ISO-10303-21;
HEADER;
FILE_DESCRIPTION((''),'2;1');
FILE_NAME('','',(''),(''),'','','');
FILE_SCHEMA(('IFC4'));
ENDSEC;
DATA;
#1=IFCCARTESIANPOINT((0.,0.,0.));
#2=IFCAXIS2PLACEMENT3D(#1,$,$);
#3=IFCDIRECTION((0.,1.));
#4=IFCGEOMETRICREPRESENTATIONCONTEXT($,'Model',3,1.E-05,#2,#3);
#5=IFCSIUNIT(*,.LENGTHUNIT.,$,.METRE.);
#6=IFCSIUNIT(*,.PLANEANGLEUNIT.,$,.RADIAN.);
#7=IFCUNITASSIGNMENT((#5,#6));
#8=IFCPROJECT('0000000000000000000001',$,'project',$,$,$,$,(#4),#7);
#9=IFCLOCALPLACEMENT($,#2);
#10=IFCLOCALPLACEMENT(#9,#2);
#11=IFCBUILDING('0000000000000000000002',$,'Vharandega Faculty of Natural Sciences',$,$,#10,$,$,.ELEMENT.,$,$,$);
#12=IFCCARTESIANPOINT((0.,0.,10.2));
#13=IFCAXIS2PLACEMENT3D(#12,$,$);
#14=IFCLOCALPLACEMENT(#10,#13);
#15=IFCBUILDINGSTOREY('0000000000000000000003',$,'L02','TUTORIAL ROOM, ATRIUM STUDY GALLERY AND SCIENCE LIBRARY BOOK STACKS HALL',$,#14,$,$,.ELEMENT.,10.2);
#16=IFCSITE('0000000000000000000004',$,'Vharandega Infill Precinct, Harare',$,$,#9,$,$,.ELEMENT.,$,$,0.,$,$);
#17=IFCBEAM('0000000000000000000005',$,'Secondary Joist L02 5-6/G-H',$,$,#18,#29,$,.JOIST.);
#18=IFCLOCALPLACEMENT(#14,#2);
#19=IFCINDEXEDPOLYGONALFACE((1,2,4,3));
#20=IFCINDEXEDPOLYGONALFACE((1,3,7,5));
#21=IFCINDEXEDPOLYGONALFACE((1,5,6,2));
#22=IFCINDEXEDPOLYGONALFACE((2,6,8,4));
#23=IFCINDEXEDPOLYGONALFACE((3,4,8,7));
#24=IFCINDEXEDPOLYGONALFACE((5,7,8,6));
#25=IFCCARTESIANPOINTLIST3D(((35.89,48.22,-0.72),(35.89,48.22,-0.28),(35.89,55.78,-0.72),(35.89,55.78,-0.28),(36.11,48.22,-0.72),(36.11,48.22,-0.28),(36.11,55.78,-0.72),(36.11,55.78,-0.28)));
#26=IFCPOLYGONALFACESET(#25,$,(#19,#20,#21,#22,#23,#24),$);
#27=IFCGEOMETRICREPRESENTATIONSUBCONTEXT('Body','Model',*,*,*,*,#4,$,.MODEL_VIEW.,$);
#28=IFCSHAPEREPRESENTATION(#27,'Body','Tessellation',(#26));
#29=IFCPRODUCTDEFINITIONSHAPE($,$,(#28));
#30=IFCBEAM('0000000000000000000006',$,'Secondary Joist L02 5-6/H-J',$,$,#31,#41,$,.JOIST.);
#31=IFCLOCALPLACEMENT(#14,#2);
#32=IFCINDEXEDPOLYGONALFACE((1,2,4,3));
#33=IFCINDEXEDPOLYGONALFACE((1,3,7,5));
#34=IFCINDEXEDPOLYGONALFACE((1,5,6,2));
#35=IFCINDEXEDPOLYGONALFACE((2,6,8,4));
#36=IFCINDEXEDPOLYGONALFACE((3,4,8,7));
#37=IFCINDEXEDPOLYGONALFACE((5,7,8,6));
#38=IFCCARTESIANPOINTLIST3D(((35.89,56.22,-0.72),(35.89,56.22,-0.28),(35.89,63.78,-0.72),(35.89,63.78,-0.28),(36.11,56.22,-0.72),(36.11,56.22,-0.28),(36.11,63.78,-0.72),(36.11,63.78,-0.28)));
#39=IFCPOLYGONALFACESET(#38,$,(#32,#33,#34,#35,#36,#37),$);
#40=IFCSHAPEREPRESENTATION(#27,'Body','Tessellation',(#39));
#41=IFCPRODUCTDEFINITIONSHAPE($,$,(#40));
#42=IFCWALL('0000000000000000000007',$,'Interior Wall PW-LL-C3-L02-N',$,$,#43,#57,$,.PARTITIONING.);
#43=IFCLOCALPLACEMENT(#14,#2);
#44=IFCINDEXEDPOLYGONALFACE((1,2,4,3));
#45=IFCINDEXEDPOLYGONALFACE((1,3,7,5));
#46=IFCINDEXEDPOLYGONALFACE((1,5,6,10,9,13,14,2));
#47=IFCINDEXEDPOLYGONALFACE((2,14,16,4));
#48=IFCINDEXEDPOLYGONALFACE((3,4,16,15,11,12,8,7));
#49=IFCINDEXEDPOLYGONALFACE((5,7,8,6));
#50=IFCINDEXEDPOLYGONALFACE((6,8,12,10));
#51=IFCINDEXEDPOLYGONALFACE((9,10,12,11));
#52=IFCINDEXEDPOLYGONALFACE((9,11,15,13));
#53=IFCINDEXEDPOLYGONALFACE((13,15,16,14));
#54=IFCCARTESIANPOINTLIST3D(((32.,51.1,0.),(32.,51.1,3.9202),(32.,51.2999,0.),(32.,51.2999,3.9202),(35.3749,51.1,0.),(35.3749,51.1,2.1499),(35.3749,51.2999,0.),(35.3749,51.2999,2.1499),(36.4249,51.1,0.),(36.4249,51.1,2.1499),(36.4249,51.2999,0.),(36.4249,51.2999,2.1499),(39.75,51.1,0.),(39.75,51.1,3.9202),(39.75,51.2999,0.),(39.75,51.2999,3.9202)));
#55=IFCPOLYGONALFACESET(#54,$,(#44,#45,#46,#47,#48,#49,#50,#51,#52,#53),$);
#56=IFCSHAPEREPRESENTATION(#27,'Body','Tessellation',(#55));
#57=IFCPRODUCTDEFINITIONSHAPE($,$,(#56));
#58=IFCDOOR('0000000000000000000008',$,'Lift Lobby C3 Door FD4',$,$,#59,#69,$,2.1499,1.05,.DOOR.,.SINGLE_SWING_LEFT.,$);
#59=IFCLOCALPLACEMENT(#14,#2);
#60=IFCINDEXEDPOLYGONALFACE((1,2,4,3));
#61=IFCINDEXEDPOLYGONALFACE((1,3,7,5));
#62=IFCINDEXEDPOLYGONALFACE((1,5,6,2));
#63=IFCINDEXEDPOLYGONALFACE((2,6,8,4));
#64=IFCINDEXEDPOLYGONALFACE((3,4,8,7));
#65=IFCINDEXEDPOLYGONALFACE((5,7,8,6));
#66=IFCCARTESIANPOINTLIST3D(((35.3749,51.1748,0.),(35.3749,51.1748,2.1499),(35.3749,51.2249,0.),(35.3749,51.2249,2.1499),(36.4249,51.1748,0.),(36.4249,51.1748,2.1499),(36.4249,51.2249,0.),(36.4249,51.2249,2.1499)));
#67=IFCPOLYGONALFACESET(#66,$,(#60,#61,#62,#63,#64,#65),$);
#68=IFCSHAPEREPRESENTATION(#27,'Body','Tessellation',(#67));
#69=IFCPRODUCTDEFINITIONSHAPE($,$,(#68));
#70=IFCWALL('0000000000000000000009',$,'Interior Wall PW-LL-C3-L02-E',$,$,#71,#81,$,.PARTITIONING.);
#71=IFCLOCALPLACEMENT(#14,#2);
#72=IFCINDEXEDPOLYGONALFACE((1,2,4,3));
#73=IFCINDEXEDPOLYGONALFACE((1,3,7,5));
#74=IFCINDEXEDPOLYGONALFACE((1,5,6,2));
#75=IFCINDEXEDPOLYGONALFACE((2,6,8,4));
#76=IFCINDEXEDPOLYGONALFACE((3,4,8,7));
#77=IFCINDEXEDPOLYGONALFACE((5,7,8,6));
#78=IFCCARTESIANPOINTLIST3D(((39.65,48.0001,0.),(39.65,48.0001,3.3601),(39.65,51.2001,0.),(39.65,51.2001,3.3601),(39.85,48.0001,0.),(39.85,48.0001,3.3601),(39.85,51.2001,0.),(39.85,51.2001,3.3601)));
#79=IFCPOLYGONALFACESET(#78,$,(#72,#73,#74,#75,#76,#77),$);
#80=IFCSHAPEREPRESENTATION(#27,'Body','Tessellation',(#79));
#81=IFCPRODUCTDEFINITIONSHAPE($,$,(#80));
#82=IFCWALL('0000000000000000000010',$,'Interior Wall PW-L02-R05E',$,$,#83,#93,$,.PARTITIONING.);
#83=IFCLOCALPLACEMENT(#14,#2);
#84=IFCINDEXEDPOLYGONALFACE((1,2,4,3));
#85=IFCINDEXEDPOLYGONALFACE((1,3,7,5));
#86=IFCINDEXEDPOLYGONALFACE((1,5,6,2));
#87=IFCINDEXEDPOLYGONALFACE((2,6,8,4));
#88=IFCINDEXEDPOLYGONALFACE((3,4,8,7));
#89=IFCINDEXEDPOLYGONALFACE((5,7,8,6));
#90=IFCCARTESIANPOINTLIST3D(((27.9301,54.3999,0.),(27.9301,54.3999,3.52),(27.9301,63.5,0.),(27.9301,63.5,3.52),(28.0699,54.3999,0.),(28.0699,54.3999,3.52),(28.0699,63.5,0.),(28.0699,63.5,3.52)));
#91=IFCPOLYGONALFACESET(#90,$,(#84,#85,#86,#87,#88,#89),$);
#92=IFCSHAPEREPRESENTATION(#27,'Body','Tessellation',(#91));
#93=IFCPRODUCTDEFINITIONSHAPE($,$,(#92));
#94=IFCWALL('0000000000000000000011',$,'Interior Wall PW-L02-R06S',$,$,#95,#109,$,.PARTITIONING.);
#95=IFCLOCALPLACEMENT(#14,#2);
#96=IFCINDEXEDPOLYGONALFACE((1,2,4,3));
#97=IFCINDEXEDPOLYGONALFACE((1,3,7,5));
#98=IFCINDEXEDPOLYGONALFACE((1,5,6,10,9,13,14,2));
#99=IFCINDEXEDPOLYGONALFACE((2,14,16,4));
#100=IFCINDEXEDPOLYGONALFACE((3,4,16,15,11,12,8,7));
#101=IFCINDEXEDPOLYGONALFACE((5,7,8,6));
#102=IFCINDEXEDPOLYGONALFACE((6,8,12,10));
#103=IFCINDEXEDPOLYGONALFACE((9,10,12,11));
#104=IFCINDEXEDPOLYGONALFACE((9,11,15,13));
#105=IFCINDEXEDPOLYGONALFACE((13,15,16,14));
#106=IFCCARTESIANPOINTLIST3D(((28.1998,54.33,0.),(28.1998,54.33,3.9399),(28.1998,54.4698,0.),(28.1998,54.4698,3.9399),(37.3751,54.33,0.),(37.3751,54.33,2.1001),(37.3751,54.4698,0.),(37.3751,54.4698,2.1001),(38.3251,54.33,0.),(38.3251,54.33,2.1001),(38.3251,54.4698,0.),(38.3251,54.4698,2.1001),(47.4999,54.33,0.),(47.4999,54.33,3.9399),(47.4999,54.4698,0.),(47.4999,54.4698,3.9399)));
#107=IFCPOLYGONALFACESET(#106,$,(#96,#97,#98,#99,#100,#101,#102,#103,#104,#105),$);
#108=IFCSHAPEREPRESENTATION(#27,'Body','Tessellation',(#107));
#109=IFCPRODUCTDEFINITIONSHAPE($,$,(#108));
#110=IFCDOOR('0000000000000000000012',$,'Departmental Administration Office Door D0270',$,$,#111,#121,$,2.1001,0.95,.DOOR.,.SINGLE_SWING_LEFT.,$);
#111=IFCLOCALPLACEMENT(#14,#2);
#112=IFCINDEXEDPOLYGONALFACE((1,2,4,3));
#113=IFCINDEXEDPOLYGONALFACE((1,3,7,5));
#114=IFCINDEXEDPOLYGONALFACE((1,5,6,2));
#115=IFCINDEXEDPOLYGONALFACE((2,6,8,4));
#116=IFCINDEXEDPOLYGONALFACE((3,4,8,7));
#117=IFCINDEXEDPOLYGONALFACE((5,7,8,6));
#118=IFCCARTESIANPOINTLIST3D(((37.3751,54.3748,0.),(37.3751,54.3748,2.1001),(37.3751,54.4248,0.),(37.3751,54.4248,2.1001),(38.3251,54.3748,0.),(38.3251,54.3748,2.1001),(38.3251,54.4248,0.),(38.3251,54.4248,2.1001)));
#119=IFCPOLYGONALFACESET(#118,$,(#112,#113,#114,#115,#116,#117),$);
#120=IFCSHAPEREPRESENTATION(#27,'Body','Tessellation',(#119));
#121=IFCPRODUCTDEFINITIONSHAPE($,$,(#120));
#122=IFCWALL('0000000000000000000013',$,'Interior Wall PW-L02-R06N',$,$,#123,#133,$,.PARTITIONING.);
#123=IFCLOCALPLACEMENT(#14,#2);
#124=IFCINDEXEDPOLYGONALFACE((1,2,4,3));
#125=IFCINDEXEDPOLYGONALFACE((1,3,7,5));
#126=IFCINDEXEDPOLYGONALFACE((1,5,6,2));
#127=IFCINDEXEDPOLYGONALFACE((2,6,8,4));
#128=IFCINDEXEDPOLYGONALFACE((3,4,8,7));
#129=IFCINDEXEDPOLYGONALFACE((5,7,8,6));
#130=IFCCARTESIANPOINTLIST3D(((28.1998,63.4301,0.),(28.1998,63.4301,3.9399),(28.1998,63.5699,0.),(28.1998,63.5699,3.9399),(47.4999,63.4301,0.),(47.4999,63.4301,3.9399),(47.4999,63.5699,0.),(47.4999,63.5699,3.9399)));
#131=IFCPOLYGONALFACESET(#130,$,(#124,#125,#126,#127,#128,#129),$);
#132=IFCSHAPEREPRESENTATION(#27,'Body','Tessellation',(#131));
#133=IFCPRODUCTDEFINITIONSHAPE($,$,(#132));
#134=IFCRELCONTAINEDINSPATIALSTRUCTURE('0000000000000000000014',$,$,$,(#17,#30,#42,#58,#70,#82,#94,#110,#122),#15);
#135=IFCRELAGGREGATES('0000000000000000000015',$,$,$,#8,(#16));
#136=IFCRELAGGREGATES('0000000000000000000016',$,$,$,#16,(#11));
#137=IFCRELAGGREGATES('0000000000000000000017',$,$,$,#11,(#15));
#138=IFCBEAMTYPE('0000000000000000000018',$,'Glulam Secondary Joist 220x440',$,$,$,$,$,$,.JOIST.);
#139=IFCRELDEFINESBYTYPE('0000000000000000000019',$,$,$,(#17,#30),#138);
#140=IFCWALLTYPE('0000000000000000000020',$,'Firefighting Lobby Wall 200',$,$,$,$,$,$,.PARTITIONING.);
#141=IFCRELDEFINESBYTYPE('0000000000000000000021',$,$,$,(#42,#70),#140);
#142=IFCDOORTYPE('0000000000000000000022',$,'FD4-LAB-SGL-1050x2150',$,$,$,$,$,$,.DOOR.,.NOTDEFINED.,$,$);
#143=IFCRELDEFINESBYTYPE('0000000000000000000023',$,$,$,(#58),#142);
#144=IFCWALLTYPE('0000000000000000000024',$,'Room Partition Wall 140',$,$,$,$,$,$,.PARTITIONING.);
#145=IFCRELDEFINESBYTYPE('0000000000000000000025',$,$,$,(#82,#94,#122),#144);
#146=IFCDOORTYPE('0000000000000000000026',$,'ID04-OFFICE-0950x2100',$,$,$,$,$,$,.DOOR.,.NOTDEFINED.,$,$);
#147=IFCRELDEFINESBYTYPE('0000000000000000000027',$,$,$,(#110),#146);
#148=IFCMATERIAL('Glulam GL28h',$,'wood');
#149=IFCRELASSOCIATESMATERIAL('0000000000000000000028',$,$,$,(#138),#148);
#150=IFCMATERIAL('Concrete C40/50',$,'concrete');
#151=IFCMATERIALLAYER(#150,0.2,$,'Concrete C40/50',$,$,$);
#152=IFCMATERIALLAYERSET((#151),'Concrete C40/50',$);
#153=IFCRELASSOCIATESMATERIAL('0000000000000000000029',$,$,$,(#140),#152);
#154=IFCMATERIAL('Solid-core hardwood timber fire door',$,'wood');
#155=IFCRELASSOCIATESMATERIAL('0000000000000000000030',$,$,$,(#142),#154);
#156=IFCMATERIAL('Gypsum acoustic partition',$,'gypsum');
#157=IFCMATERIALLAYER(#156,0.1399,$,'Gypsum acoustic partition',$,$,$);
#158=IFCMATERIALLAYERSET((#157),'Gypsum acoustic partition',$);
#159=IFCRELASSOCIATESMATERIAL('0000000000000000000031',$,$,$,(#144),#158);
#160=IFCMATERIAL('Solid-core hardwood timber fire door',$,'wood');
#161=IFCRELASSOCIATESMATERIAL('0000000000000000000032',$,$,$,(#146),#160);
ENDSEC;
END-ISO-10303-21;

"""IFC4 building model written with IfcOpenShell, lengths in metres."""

from ifc_helpers import new_model, si_unit, direction, frame, frame_2d, origin, origin_2d, place, context, subcontext, project, spatial, rectangle, extrude, material, layer, layer_set, material_profile, profile_set, type_object, element, fill, save


model = new_model("IFC4")

# Units and contexts
model_context = context("Model", 3, precision=1e-05, world=origin(), true_north=direction((0.0, 1.0)))
body_context = subcontext(model_context, "Body", "Model", "MODEL_VIEW")
ifc_project = project(units=[si_unit("LENGTHUNIT", "METRE"), si_unit("PLANEANGLEUNIT", "RADIAN")], contexts=[model_context])

# Site, building, storey
site_placement = place(None, origin())
site = spatial("IfcSite", under=ifc_project, at=site_placement, Name="Vharandega Infill Precinct, Harare", CompositionType="ELEMENT", RefElevation=0.0)
building_placement = place(site_placement, origin())
building = spatial("IfcBuilding", under=site, at=building_placement, Name="Vharandega Faculty of Natural Sciences", CompositionType="ELEMENT")
storey_placement = place(building_placement, frame((0.0, 0.0, 10.2)))
storey = spatial("IfcBuildingStorey", under=building, at=storey_placement, Name="L02", Description="TUTORIAL ROOM, ATRIUM STUDY GALLERY AND SCIENCE LIBRARY BOOK STACKS HALL", CompositionType="ELEMENT", Elevation=10.2)

# Beams
ifc_material_1 = material(Name="Glulam GL28h", Category="wood")
ifc_material_profile_1 = material_profile(ifc_material_1, rectangle(XDim=0.22, YDim=0.4399, at=origin_2d()), Name="GL28h 220x440")
ifc_profile_set_1 = profile_set([ifc_material_profile_1], Name="Glulam GL28h")
beam_type_1 = type_object("IfcBeamType", Name="Glulam Secondary Joist 220x440", PredefinedType="JOIST", material=ifc_profile_set_1)
for number, where, z_axis, x_axis, name in (
    (1, (36.0, 48.22, -0.5), (0.0, 1.0, 0.0), (-1.0, 0.0, 0.0), "Secondary Joist L02 5-6/G-H"),
    (2, (36.0, 56.22, -0.5), (0.0, 1.0, 0.0), (-1.0, 0.0, 0.0), "Secondary Joist L02 5-6/H-J"),
):
    element("IfcBeam", number, at=place(storey_placement, frame(where, z_axis=z_axis, x_axis=x_axis)), inside=storey, type_object=beam_type_1, Name=name, PredefinedType="JOIST", context=body_context, shape_type="SweptSolid", body=[
        extrude(rectangle(XDim=0.22, YDim=0.4399, at=origin_2d()), origin(), (0.0, 0.0, 1.0), 7.5601),
    ])

# Wall, opening, door
ifc_material_2 = material(Name="Concrete C40/50", Category="concrete")
ifc_layer_1 = layer(ifc_material_2, 0.2, Name="Concrete C40/50")
ifc_layer_set_1 = layer_set([ifc_layer_1], Name="Concrete C40/50")
wall_type_1 = type_object("IfcWallType", Name="Firefighting Lobby Wall 200", PredefinedType="PARTITIONING", material=ifc_layer_set_1)
wall_1_placement = place(storey_placement, frame((32.0, 51.2, 0.0), z_axis=(0.0, 0.0, 1.0), x_axis=(1.0, 0.0, 0.0)))
wall_1 = element("IfcWall", 3, at=wall_1_placement, inside=storey, type_object=wall_type_1, Name="Interior Wall PW-LL-C3-L02-N", PredefinedType="PARTITIONING", context=body_context, shape_type="SweptSolid", body=[
    extrude(rectangle(XDim=7.75, YDim=0.2, at=frame_2d((3.875, 0.0))), origin(), (0.0, 0.0, 1.0), 3.9202),
])
opening_1_placement = place(wall_1_placement, frame((3.375, 0.0, 0.0)))
opening_1 = element("IfcOpeningElement", 4, at=opening_1_placement, cuts=wall_1, PredefinedType="OPENING", context=body_context, shape_type="SweptSolid", body=[
    extrude(rectangle(XDim=1.05, YDim=2.1499, at=frame_2d((0.5249, 1.075))), frame((0.0, 0.1099, 0.0), z_axis=(0.0, -1.0, 0.0), x_axis=(1.0, 0.0, 0.0)), (0.0, 0.0, 1.0), 0.22),
])
ifc_material_3 = material(Name="Solid-core hardwood timber fire door", Category="wood")
door_type_1 = type_object("IfcDoorType", Name="FD4-LAB-SGL-1050x2150", OperationType="NOTDEFINED", PredefinedType="DOOR", material=ifc_material_3)
door_1_placement = place(opening_1_placement, origin())
door_1 = element("IfcDoor", 5, at=door_1_placement, inside=storey, type_object=door_type_1, Name="Lift Lobby C3 Door FD4", OperationType="SINGLE_SWING_LEFT", OverallHeight=2.1499, OverallWidth=1.05, PredefinedType="DOOR", context=body_context, shape_type="SweptSolid", body=[
    extrude(rectangle(XDim=1.05, YDim=2.1499, at=frame_2d((0.5249, 1.075))), frame((0.0, 0.0249, 0.0), z_axis=(0.0, -1.0, 0.0), x_axis=(1.0, 0.0, 0.0)), (0.0, 0.0, 1.0), 0.05),
])
fill(opening_1, door_1)

# Walls
wall_2_placement = place(storey_placement, frame((39.75, 48.0, 0.0), z_axis=(0.0, 0.0, 1.0), x_axis=(0.0, 1.0, 0.0)))
element("IfcWall", 6, at=wall_2_placement, inside=storey, type_object=wall_type_1, Name="Interior Wall PW-LL-C3-L02-E", PredefinedType="PARTITIONING", context=body_context, shape_type="SweptSolid", body=[
    extrude(rectangle(XDim=3.2, YDim=0.2, at=frame_2d((1.6001, 0.0))), origin(), (0.0, 0.0, 1.0), 3.3601),
])
ifc_material_4 = material(Name="Gypsum acoustic partition", Category="gypsum")
ifc_layer_2 = layer(ifc_material_4, 0.1399, Name="Gypsum acoustic partition")
ifc_layer_set_2 = layer_set([ifc_layer_2], Name="Gypsum acoustic partition")
wall_type_2 = type_object("IfcWallType", Name="Room Partition Wall 140", PredefinedType="PARTITIONING", material=ifc_layer_set_2)
wall_3_placement = place(storey_placement, frame((28.0, 54.3999, 0.0), z_axis=(0.0, 0.0, 1.0), x_axis=(0.0, 1.0, 0.0)))
element("IfcWall", 7, at=wall_3_placement, inside=storey, type_object=wall_type_2, Name="Interior Wall PW-L02-R05E", PredefinedType="PARTITIONING", context=body_context, shape_type="SweptSolid", body=[
    extrude(rectangle(XDim=9.1001, YDim=0.1399, at=frame_2d((4.55, 0.0))), origin(), (0.0, 0.0, 1.0), 3.52),
])

# Wall, opening, door
wall_4_placement = place(storey_placement, frame((28.2, 54.3999, 0.0), z_axis=(0.0, 0.0, 1.0), x_axis=(1.0, 0.0, 0.0)))
wall_4 = element("IfcWall", 8, at=wall_4_placement, inside=storey, type_object=wall_type_2, Name="Interior Wall PW-L02-R06S", PredefinedType="PARTITIONING", context=body_context, shape_type="SweptSolid", body=[
    extrude(rectangle(XDim=19.3, YDim=0.1399, at=frame_2d((9.6499, 0.0))), origin(), (0.0, 0.0, 1.0), 3.9399),
])
opening_2_placement = place(wall_4_placement, frame((9.175, 0.0, 0.0)))
opening_2 = element("IfcOpeningElement", 9, at=opening_2_placement, cuts=wall_4, PredefinedType="OPENING", context=body_context, shape_type="SweptSolid", body=[
    extrude(rectangle(XDim=0.95, YDim=2.1001, at=frame_2d((0.4751, 1.05))), frame((0.0, 0.0801, 0.0), z_axis=(0.0, -1.0, 0.0), x_axis=(1.0, 0.0, 0.0)), (0.0, 0.0, 1.0), 0.1599),
])
ifc_material_5 = material(Name="Solid-core hardwood timber fire door", Category="wood")
door_type_2 = type_object("IfcDoorType", Name="ID04-OFFICE-0950x2100", OperationType="NOTDEFINED", PredefinedType="DOOR", material=ifc_material_5)
door_2_placement = place(opening_2_placement, origin())
door_2 = element("IfcDoor", 10, at=door_2_placement, inside=storey, type_object=door_type_2, Name="Departmental Administration Office Door D0270", OperationType="SINGLE_SWING_LEFT", OverallHeight=2.1001, OverallWidth=0.95, PredefinedType="DOOR", context=body_context, shape_type="SweptSolid", body=[
    extrude(rectangle(XDim=0.95, YDim=2.1001, at=frame_2d((0.4751, 1.05))), frame((0.0, 0.0249, 0.0), z_axis=(0.0, -1.0, 0.0), x_axis=(1.0, 0.0, 0.0)), (0.0, 0.0, 1.0), 0.05),
])
fill(opening_2, door_2)

# Wall
wall_5_placement = place(storey_placement, frame((28.2, 63.5, 0.0), z_axis=(0.0, 0.0, 1.0), x_axis=(1.0, 0.0, 0.0)))
element("IfcWall", 11, at=wall_5_placement, inside=storey, type_object=wall_type_2, Name="Interior Wall PW-L02-R06N", PredefinedType="PARTITIONING", context=body_context, shape_type="SweptSolid", body=[
    extrude(rectangle(XDim=19.3, YDim=0.1399, at=frame_2d((9.6499, 0.0))), origin(), (0.0, 0.0, 1.0), 3.9399),
])

save(model, "model.ifc")
